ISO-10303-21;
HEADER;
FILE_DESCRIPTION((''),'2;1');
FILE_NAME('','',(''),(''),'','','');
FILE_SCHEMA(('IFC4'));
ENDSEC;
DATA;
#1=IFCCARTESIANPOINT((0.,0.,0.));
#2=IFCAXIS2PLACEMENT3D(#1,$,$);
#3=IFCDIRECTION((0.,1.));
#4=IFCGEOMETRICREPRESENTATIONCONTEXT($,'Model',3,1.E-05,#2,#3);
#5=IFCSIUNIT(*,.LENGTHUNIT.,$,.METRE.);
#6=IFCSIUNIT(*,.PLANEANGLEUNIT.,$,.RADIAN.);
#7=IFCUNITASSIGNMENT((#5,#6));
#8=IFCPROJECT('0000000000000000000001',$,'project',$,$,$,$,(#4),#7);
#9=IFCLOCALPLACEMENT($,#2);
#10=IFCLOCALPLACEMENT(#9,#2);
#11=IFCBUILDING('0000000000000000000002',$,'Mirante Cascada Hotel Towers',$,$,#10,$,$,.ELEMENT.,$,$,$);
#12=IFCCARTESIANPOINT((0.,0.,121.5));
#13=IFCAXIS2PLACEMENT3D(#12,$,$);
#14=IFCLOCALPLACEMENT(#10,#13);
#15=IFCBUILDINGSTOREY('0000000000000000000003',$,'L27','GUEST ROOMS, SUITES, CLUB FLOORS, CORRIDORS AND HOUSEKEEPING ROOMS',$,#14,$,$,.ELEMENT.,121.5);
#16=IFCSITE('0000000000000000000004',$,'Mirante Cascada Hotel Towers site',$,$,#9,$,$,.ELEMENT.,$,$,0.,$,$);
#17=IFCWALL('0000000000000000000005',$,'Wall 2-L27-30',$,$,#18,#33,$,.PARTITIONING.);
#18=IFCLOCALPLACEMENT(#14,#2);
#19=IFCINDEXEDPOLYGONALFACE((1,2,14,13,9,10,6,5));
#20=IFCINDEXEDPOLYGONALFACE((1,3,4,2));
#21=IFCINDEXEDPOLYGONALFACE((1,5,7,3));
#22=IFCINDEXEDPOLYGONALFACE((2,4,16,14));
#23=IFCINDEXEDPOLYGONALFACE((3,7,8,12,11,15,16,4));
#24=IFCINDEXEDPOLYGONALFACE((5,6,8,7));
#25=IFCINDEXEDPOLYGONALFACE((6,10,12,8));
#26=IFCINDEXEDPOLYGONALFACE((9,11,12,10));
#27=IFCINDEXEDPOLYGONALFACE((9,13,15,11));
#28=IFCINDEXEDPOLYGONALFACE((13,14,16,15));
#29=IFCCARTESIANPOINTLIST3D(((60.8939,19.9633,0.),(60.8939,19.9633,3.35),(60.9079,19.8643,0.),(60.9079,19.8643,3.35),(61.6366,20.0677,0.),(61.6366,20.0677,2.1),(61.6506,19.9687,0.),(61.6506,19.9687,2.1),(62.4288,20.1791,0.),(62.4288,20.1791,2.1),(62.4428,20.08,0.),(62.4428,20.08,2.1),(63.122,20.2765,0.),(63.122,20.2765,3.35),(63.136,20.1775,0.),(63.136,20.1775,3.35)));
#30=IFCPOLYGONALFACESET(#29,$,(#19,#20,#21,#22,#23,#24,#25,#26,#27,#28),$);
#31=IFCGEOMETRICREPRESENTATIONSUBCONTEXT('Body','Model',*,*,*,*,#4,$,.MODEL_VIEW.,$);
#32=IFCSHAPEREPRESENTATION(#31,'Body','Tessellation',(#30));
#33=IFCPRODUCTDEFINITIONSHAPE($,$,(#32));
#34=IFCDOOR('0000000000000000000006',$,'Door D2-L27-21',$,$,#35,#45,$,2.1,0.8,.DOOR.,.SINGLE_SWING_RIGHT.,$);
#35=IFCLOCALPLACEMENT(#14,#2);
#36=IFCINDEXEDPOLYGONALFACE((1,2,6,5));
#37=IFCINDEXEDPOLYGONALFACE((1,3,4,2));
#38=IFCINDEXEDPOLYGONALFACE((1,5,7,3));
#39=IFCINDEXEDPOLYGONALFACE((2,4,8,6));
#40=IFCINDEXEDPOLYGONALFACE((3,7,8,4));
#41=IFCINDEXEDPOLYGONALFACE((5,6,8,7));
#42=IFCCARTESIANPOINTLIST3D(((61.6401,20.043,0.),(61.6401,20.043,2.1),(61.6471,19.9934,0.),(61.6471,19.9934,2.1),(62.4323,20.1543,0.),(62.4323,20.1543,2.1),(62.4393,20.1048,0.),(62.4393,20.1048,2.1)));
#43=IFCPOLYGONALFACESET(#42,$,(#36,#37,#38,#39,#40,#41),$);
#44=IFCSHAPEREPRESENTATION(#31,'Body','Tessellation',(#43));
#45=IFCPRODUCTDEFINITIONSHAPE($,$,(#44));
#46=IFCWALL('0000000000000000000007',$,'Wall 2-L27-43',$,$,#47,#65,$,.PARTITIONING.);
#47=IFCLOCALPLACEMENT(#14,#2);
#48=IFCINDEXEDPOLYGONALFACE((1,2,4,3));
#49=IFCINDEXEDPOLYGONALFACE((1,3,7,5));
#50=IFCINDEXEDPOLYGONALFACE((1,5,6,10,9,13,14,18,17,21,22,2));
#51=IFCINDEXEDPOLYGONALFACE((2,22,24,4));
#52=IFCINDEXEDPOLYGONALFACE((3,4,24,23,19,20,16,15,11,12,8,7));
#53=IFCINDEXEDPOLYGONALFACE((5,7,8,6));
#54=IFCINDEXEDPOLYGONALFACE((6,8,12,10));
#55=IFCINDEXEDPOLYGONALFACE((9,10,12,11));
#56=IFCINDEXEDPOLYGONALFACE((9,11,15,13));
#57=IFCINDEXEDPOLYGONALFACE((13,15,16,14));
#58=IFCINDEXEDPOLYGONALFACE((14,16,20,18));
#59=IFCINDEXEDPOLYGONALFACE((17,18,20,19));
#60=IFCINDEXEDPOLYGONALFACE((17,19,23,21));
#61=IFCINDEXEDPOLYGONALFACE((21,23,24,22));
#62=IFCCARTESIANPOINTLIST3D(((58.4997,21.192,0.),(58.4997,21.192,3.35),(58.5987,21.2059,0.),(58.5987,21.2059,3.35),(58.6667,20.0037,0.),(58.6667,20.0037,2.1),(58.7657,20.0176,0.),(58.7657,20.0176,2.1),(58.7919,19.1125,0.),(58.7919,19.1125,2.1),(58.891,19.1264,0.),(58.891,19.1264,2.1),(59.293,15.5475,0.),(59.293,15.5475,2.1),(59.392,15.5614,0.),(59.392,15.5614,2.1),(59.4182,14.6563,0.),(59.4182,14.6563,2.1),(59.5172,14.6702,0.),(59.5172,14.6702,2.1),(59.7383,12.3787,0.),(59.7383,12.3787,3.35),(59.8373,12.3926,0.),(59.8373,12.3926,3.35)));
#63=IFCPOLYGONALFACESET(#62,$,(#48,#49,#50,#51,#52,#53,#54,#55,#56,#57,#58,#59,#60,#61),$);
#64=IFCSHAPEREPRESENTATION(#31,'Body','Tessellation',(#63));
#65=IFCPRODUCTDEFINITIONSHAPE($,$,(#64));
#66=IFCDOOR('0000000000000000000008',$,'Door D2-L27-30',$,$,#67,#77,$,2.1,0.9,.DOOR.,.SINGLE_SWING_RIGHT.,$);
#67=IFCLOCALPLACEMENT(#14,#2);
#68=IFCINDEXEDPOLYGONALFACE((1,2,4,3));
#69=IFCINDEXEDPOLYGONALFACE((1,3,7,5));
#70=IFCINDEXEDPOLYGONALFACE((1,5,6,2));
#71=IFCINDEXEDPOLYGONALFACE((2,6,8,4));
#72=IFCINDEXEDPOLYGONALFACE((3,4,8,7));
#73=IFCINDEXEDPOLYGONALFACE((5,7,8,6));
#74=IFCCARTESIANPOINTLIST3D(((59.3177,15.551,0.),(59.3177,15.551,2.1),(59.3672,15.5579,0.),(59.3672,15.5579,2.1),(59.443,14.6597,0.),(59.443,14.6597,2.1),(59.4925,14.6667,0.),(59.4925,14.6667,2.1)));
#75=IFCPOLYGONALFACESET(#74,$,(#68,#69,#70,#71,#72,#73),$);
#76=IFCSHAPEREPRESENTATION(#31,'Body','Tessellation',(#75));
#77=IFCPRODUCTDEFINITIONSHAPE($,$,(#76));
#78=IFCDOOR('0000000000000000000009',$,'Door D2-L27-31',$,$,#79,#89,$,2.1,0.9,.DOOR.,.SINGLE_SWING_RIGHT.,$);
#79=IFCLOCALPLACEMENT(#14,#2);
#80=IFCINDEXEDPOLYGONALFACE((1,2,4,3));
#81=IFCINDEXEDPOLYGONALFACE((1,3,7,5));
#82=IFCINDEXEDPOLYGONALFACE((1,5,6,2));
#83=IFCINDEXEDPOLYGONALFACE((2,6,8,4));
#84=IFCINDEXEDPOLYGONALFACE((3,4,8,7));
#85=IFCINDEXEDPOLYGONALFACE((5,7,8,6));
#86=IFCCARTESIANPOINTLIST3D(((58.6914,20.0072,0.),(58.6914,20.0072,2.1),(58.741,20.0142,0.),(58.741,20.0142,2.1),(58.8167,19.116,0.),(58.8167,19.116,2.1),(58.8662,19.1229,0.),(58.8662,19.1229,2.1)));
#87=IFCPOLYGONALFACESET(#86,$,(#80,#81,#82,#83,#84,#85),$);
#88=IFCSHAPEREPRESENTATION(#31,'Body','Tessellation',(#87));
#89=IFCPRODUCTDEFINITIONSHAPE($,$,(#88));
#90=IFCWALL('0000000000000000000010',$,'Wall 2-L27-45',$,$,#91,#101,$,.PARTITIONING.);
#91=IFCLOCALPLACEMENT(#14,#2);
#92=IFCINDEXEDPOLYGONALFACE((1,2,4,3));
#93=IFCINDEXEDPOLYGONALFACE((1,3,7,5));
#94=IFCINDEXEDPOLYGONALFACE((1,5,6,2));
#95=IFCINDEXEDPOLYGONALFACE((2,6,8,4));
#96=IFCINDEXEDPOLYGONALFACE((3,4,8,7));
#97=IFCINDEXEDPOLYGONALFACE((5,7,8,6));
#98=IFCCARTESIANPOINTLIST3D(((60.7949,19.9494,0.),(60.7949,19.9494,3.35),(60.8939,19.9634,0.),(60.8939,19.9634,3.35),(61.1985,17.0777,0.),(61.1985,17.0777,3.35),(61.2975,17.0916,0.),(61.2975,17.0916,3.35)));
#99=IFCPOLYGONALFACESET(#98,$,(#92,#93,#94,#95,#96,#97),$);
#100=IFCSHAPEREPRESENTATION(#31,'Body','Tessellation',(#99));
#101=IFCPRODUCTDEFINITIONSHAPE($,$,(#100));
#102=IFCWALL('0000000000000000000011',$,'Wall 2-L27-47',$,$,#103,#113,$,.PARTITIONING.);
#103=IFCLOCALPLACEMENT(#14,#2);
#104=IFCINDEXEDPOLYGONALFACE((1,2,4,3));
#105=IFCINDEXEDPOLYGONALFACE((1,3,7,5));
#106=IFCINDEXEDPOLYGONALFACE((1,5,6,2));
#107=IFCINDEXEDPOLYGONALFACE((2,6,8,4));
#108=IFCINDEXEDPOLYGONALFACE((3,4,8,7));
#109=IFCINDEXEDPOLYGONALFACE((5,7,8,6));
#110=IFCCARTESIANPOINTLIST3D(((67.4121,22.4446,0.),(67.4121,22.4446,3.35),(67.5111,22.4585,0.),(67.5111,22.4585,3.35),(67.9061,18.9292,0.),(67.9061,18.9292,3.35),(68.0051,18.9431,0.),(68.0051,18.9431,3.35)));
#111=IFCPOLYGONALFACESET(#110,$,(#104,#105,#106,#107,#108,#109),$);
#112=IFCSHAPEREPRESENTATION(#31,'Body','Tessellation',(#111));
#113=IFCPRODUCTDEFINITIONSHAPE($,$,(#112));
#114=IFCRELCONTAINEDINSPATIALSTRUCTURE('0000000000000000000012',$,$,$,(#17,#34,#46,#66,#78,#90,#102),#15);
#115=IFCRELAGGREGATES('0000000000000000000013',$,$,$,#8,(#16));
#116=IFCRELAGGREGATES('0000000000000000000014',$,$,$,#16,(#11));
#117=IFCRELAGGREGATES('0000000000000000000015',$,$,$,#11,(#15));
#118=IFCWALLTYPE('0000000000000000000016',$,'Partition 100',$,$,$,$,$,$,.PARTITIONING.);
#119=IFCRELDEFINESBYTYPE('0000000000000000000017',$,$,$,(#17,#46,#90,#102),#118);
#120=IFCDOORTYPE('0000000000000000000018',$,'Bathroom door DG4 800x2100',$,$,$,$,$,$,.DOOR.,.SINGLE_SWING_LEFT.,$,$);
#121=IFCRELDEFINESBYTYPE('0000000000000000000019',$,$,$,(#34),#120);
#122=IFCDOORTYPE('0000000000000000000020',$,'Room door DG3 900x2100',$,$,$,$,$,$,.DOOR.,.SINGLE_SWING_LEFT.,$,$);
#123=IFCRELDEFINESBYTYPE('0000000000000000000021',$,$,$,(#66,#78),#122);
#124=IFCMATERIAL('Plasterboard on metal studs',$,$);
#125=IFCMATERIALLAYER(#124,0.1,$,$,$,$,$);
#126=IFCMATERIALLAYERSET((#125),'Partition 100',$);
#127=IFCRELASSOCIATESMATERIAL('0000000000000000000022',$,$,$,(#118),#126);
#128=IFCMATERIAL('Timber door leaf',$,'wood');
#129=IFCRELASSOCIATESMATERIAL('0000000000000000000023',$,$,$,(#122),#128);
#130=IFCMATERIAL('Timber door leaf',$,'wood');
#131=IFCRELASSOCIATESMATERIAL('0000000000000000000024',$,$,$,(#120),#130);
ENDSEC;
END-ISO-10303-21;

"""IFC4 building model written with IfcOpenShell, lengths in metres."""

from ifc_helpers import new_model, si_unit, direction, frame, frame_2d, origin, place, context, subcontext, project, spatial, rectangle, extrude, material, layer, layer_set, type_object, element, fill, save


model = new_model("IFC4")

# Units and contexts
model_context = context("Model", 3, precision=1e-05, world=origin(), true_north=direction((0.0, 1.0)))
body_context = subcontext(model_context, "Body", "Model", "MODEL_VIEW")
ifc_project = project(units=[si_unit("LENGTHUNIT", "METRE"), si_unit("PLANEANGLEUNIT", "RADIAN")], contexts=[model_context])

# Site, building, storey
site_placement = place(None, origin())
site = spatial("IfcSite", under=ifc_project, at=site_placement, Name="Mirante Cascada Hotel Towers site", CompositionType="ELEMENT", RefElevation=0.0)
building_placement = place(site_placement, origin())
building = spatial("IfcBuilding", under=site, at=building_placement, Name="Mirante Cascada Hotel Towers", CompositionType="ELEMENT")
storey_placement = place(building_placement, frame((0.0, 0.0, 121.5)))
storey = spatial("IfcBuildingStorey", under=building, at=storey_placement, Name="L27", Description="GUEST ROOMS, SUITES, CLUB FLOORS, CORRIDORS AND HOUSEKEEPING ROOMS", CompositionType="ELEMENT", Elevation=121.5)

# Shared definitions
ifc_material_1 = material(Name="Plasterboard on metal studs")
ifc_layer_1 = layer(ifc_material_1, 0.1)
ifc_layer_set_1 = layer_set([ifc_layer_1], Name="Partition 100")
wall_type = type_object("IfcWallType", Name="Partition 100", PredefinedType="PARTITIONING", material=ifc_layer_set_1)

# Wall, opening, door
ifc_material_2 = material(Name="Timber door leaf", Category="wood")
door_type_1 = type_object("IfcDoorType", Name="Room door DG3 900x2100", OperationType="SINGLE_SWING_LEFT", PredefinedType="DOOR", material=ifc_material_2)
wall_1_placement = place(storey_placement, frame((60.9009, 19.9138, 0.0), z_axis=(0.0, 0.0, 1.0), x_axis=(0.990264, 0.1392, 0.0)))
wall_1 = element("IfcWall", 1, at=wall_1_placement, inside=storey, type_object=wall_type, Name="Wall 2-L27-30", PredefinedType="PARTITIONING", context=body_context, shape_type="SweptSolid", body=[
    extrude(rectangle(XDim=2.25, YDim=0.1, at=frame_2d((1.125, 0.0))), origin(), (0.0, 0.0, 1.0), 3.35),
])
opening_1_placement = place(wall_1_placement, frame((0.75, 0.0, 0.0)))
opening_1 = element("IfcOpeningElement", 2, at=opening_1_placement, cuts=wall_1, PredefinedType="OPENING", context=body_context, shape_type="SweptSolid", body=[
    extrude(rectangle(XDim=0.8, YDim=2.1, at=frame_2d((0.4, 1.05))), frame((0.0, 0.05, 0.0), z_axis=(0.0, -1.0, 0.0), x_axis=(1.0, 0.0, 0.0)), (0.0, 0.0, 1.0), 0.1),
])
ifc_material_3 = material(Name="Timber door leaf", Category="wood")
door_type_2 = type_object("IfcDoorType", Name="Bathroom door DG4 800x2100", OperationType="SINGLE_SWING_LEFT", PredefinedType="DOOR", material=ifc_material_3)
door_1_placement = place(opening_1_placement, frame((0.8, 0.0, 0.0), z_axis=(0.0, 0.0, 1.0), x_axis=(-1.0, 0.0, 0.0)))
door_1 = element("IfcDoor", 3, at=door_1_placement, inside=storey, type_object=door_type_2, Name="Door D2-L27-21", OperationType="SINGLE_SWING_RIGHT", OverallHeight=2.1, OverallWidth=0.8, PredefinedType="DOOR", context=body_context, shape_type="SweptSolid", body=[
    extrude(rectangle(XDim=0.8, YDim=2.1, at=frame_2d((0.4, 1.05))), frame((0.0, 0.025, 0.0), z_axis=(0.0, -1.0, 0.0), x_axis=(1.0, 0.0, 0.0)), (0.0, 0.0, 1.0), 0.05),
])
fill(opening_1, door_1)

# Wall, openings, doors
wall_2_placement = place(storey_placement, frame((58.5492, 21.199, 0.0), z_axis=(0.0, 0.0, 1.0), x_axis=(0.13917, -0.990268, 0.0)))
wall_2 = element("IfcWall", 4, at=wall_2_placement, inside=storey, type_object=wall_type, Name="Wall 2-L27-43", PredefinedType="PARTITIONING", context=body_context, shape_type="SweptSolid", body=[
    extrude(rectangle(XDim=8.8999, YDim=0.1, at=frame_2d((4.45, 0.0))), origin(), (0.0, 0.0, 1.0), 3.35),
])
opening_2_placement = place(wall_2_placement, frame((5.7, 0.0, 0.0)))
opening_2 = element("IfcOpeningElement", 5, at=opening_2_placement, cuts=wall_2, PredefinedType="OPENING", context=body_context, shape_type="SweptSolid", body=[
    extrude(rectangle(XDim=0.9, YDim=2.1, at=frame_2d((0.45, 1.05))), frame((0.0, 0.05, 0.0), z_axis=(0.0, -1.0, 0.0), x_axis=(1.0, 0.0, 0.0)), (0.0, 0.0, 1.0), 0.1),
])
opening_3_placement = place(wall_2_placement, frame((1.2, 0.0, 0.0)))
opening_3 = element("IfcOpeningElement", 6, at=opening_3_placement, cuts=wall_2, PredefinedType="OPENING", context=body_context, shape_type="SweptSolid", body=[
    extrude(rectangle(XDim=0.9, YDim=2.1, at=frame_2d((0.45, 1.05))), frame((0.0, 0.05, 0.0), z_axis=(0.0, -1.0, 0.0), x_axis=(1.0, 0.0, 0.0)), (0.0, 0.0, 1.0), 0.1),
])
door_2_placement = place(opening_2_placement, frame((0.9, 0.0, 0.0), z_axis=(0.0, 0.0, 1.0), x_axis=(-1.0, 0.0, 0.0)))
door_2 = element("IfcDoor", 7, at=door_2_placement, inside=storey, type_object=door_type_1, Name="Door D2-L27-30", OperationType="SINGLE_SWING_RIGHT", OverallHeight=2.1, OverallWidth=0.9, PredefinedType="DOOR", context=body_context, shape_type="SweptSolid", body=[
    extrude(rectangle(XDim=0.9, YDim=2.1, at=frame_2d((0.45, 1.05))), frame((0.0, 0.025, 0.0), z_axis=(0.0, -1.0, 0.0), x_axis=(1.0, 0.0, 0.0)), (0.0, 0.0, 1.0), 0.05),
])
fill(opening_2, door_2)
door_3_placement = place(opening_3_placement, frame((0.9, 0.0, 0.0), z_axis=(0.0, 0.0, 1.0), x_axis=(-1.0, 0.0, 0.0)))
door_3 = element("IfcDoor", 8, at=door_3_placement, inside=storey, type_object=door_type_1, Name="Door D2-L27-31", OperationType="SINGLE_SWING_RIGHT", OverallHeight=2.1, OverallWidth=0.9, PredefinedType="DOOR", context=body_context, shape_type="SweptSolid", body=[
    extrude(rectangle(XDim=0.9, YDim=2.1, at=frame_2d((0.45, 1.05))), frame((0.0, 0.025, 0.0), z_axis=(0.0, -1.0, 0.0), x_axis=(1.0, 0.0, 0.0)), (0.0, 0.0, 1.0), 0.05),
])
fill(opening_3, door_3)

# Walls
wall_3_placement = place(storey_placement, frame((60.8444, 19.9564, 0.0), z_axis=(0.0, 0.0, 1.0), x_axis=(0.139171, -0.990268, 0.0)))
element("IfcWall", 9, at=wall_3_placement, inside=storey, type_object=wall_type, Name="Wall 2-L27-45", PredefinedType="PARTITIONING", context=body_context, shape_type="SweptSolid", body=[
    extrude(rectangle(XDim=2.9, YDim=0.1, at=frame_2d((1.45, 0.0))), origin(), (0.0, 0.0, 1.0), 3.35),
])
wall_4_placement = place(storey_placement, frame((67.4616, 22.4516, 0.0), z_axis=(0.0, 0.0, 1.0), x_axis=(0.139157, -0.99027, 0.0)))
element("IfcWall", 10, at=wall_4_placement, inside=storey, type_object=wall_type, Name="Wall 2-L27-47", PredefinedType="PARTITIONING", context=body_context, shape_type="SweptSolid", body=[
    extrude(rectangle(XDim=3.5499, YDim=0.1, at=frame_2d((1.775, 0.0))), origin(), (0.0, 0.0, 1.0), 3.35),
])

save(model, "model.ifc")
